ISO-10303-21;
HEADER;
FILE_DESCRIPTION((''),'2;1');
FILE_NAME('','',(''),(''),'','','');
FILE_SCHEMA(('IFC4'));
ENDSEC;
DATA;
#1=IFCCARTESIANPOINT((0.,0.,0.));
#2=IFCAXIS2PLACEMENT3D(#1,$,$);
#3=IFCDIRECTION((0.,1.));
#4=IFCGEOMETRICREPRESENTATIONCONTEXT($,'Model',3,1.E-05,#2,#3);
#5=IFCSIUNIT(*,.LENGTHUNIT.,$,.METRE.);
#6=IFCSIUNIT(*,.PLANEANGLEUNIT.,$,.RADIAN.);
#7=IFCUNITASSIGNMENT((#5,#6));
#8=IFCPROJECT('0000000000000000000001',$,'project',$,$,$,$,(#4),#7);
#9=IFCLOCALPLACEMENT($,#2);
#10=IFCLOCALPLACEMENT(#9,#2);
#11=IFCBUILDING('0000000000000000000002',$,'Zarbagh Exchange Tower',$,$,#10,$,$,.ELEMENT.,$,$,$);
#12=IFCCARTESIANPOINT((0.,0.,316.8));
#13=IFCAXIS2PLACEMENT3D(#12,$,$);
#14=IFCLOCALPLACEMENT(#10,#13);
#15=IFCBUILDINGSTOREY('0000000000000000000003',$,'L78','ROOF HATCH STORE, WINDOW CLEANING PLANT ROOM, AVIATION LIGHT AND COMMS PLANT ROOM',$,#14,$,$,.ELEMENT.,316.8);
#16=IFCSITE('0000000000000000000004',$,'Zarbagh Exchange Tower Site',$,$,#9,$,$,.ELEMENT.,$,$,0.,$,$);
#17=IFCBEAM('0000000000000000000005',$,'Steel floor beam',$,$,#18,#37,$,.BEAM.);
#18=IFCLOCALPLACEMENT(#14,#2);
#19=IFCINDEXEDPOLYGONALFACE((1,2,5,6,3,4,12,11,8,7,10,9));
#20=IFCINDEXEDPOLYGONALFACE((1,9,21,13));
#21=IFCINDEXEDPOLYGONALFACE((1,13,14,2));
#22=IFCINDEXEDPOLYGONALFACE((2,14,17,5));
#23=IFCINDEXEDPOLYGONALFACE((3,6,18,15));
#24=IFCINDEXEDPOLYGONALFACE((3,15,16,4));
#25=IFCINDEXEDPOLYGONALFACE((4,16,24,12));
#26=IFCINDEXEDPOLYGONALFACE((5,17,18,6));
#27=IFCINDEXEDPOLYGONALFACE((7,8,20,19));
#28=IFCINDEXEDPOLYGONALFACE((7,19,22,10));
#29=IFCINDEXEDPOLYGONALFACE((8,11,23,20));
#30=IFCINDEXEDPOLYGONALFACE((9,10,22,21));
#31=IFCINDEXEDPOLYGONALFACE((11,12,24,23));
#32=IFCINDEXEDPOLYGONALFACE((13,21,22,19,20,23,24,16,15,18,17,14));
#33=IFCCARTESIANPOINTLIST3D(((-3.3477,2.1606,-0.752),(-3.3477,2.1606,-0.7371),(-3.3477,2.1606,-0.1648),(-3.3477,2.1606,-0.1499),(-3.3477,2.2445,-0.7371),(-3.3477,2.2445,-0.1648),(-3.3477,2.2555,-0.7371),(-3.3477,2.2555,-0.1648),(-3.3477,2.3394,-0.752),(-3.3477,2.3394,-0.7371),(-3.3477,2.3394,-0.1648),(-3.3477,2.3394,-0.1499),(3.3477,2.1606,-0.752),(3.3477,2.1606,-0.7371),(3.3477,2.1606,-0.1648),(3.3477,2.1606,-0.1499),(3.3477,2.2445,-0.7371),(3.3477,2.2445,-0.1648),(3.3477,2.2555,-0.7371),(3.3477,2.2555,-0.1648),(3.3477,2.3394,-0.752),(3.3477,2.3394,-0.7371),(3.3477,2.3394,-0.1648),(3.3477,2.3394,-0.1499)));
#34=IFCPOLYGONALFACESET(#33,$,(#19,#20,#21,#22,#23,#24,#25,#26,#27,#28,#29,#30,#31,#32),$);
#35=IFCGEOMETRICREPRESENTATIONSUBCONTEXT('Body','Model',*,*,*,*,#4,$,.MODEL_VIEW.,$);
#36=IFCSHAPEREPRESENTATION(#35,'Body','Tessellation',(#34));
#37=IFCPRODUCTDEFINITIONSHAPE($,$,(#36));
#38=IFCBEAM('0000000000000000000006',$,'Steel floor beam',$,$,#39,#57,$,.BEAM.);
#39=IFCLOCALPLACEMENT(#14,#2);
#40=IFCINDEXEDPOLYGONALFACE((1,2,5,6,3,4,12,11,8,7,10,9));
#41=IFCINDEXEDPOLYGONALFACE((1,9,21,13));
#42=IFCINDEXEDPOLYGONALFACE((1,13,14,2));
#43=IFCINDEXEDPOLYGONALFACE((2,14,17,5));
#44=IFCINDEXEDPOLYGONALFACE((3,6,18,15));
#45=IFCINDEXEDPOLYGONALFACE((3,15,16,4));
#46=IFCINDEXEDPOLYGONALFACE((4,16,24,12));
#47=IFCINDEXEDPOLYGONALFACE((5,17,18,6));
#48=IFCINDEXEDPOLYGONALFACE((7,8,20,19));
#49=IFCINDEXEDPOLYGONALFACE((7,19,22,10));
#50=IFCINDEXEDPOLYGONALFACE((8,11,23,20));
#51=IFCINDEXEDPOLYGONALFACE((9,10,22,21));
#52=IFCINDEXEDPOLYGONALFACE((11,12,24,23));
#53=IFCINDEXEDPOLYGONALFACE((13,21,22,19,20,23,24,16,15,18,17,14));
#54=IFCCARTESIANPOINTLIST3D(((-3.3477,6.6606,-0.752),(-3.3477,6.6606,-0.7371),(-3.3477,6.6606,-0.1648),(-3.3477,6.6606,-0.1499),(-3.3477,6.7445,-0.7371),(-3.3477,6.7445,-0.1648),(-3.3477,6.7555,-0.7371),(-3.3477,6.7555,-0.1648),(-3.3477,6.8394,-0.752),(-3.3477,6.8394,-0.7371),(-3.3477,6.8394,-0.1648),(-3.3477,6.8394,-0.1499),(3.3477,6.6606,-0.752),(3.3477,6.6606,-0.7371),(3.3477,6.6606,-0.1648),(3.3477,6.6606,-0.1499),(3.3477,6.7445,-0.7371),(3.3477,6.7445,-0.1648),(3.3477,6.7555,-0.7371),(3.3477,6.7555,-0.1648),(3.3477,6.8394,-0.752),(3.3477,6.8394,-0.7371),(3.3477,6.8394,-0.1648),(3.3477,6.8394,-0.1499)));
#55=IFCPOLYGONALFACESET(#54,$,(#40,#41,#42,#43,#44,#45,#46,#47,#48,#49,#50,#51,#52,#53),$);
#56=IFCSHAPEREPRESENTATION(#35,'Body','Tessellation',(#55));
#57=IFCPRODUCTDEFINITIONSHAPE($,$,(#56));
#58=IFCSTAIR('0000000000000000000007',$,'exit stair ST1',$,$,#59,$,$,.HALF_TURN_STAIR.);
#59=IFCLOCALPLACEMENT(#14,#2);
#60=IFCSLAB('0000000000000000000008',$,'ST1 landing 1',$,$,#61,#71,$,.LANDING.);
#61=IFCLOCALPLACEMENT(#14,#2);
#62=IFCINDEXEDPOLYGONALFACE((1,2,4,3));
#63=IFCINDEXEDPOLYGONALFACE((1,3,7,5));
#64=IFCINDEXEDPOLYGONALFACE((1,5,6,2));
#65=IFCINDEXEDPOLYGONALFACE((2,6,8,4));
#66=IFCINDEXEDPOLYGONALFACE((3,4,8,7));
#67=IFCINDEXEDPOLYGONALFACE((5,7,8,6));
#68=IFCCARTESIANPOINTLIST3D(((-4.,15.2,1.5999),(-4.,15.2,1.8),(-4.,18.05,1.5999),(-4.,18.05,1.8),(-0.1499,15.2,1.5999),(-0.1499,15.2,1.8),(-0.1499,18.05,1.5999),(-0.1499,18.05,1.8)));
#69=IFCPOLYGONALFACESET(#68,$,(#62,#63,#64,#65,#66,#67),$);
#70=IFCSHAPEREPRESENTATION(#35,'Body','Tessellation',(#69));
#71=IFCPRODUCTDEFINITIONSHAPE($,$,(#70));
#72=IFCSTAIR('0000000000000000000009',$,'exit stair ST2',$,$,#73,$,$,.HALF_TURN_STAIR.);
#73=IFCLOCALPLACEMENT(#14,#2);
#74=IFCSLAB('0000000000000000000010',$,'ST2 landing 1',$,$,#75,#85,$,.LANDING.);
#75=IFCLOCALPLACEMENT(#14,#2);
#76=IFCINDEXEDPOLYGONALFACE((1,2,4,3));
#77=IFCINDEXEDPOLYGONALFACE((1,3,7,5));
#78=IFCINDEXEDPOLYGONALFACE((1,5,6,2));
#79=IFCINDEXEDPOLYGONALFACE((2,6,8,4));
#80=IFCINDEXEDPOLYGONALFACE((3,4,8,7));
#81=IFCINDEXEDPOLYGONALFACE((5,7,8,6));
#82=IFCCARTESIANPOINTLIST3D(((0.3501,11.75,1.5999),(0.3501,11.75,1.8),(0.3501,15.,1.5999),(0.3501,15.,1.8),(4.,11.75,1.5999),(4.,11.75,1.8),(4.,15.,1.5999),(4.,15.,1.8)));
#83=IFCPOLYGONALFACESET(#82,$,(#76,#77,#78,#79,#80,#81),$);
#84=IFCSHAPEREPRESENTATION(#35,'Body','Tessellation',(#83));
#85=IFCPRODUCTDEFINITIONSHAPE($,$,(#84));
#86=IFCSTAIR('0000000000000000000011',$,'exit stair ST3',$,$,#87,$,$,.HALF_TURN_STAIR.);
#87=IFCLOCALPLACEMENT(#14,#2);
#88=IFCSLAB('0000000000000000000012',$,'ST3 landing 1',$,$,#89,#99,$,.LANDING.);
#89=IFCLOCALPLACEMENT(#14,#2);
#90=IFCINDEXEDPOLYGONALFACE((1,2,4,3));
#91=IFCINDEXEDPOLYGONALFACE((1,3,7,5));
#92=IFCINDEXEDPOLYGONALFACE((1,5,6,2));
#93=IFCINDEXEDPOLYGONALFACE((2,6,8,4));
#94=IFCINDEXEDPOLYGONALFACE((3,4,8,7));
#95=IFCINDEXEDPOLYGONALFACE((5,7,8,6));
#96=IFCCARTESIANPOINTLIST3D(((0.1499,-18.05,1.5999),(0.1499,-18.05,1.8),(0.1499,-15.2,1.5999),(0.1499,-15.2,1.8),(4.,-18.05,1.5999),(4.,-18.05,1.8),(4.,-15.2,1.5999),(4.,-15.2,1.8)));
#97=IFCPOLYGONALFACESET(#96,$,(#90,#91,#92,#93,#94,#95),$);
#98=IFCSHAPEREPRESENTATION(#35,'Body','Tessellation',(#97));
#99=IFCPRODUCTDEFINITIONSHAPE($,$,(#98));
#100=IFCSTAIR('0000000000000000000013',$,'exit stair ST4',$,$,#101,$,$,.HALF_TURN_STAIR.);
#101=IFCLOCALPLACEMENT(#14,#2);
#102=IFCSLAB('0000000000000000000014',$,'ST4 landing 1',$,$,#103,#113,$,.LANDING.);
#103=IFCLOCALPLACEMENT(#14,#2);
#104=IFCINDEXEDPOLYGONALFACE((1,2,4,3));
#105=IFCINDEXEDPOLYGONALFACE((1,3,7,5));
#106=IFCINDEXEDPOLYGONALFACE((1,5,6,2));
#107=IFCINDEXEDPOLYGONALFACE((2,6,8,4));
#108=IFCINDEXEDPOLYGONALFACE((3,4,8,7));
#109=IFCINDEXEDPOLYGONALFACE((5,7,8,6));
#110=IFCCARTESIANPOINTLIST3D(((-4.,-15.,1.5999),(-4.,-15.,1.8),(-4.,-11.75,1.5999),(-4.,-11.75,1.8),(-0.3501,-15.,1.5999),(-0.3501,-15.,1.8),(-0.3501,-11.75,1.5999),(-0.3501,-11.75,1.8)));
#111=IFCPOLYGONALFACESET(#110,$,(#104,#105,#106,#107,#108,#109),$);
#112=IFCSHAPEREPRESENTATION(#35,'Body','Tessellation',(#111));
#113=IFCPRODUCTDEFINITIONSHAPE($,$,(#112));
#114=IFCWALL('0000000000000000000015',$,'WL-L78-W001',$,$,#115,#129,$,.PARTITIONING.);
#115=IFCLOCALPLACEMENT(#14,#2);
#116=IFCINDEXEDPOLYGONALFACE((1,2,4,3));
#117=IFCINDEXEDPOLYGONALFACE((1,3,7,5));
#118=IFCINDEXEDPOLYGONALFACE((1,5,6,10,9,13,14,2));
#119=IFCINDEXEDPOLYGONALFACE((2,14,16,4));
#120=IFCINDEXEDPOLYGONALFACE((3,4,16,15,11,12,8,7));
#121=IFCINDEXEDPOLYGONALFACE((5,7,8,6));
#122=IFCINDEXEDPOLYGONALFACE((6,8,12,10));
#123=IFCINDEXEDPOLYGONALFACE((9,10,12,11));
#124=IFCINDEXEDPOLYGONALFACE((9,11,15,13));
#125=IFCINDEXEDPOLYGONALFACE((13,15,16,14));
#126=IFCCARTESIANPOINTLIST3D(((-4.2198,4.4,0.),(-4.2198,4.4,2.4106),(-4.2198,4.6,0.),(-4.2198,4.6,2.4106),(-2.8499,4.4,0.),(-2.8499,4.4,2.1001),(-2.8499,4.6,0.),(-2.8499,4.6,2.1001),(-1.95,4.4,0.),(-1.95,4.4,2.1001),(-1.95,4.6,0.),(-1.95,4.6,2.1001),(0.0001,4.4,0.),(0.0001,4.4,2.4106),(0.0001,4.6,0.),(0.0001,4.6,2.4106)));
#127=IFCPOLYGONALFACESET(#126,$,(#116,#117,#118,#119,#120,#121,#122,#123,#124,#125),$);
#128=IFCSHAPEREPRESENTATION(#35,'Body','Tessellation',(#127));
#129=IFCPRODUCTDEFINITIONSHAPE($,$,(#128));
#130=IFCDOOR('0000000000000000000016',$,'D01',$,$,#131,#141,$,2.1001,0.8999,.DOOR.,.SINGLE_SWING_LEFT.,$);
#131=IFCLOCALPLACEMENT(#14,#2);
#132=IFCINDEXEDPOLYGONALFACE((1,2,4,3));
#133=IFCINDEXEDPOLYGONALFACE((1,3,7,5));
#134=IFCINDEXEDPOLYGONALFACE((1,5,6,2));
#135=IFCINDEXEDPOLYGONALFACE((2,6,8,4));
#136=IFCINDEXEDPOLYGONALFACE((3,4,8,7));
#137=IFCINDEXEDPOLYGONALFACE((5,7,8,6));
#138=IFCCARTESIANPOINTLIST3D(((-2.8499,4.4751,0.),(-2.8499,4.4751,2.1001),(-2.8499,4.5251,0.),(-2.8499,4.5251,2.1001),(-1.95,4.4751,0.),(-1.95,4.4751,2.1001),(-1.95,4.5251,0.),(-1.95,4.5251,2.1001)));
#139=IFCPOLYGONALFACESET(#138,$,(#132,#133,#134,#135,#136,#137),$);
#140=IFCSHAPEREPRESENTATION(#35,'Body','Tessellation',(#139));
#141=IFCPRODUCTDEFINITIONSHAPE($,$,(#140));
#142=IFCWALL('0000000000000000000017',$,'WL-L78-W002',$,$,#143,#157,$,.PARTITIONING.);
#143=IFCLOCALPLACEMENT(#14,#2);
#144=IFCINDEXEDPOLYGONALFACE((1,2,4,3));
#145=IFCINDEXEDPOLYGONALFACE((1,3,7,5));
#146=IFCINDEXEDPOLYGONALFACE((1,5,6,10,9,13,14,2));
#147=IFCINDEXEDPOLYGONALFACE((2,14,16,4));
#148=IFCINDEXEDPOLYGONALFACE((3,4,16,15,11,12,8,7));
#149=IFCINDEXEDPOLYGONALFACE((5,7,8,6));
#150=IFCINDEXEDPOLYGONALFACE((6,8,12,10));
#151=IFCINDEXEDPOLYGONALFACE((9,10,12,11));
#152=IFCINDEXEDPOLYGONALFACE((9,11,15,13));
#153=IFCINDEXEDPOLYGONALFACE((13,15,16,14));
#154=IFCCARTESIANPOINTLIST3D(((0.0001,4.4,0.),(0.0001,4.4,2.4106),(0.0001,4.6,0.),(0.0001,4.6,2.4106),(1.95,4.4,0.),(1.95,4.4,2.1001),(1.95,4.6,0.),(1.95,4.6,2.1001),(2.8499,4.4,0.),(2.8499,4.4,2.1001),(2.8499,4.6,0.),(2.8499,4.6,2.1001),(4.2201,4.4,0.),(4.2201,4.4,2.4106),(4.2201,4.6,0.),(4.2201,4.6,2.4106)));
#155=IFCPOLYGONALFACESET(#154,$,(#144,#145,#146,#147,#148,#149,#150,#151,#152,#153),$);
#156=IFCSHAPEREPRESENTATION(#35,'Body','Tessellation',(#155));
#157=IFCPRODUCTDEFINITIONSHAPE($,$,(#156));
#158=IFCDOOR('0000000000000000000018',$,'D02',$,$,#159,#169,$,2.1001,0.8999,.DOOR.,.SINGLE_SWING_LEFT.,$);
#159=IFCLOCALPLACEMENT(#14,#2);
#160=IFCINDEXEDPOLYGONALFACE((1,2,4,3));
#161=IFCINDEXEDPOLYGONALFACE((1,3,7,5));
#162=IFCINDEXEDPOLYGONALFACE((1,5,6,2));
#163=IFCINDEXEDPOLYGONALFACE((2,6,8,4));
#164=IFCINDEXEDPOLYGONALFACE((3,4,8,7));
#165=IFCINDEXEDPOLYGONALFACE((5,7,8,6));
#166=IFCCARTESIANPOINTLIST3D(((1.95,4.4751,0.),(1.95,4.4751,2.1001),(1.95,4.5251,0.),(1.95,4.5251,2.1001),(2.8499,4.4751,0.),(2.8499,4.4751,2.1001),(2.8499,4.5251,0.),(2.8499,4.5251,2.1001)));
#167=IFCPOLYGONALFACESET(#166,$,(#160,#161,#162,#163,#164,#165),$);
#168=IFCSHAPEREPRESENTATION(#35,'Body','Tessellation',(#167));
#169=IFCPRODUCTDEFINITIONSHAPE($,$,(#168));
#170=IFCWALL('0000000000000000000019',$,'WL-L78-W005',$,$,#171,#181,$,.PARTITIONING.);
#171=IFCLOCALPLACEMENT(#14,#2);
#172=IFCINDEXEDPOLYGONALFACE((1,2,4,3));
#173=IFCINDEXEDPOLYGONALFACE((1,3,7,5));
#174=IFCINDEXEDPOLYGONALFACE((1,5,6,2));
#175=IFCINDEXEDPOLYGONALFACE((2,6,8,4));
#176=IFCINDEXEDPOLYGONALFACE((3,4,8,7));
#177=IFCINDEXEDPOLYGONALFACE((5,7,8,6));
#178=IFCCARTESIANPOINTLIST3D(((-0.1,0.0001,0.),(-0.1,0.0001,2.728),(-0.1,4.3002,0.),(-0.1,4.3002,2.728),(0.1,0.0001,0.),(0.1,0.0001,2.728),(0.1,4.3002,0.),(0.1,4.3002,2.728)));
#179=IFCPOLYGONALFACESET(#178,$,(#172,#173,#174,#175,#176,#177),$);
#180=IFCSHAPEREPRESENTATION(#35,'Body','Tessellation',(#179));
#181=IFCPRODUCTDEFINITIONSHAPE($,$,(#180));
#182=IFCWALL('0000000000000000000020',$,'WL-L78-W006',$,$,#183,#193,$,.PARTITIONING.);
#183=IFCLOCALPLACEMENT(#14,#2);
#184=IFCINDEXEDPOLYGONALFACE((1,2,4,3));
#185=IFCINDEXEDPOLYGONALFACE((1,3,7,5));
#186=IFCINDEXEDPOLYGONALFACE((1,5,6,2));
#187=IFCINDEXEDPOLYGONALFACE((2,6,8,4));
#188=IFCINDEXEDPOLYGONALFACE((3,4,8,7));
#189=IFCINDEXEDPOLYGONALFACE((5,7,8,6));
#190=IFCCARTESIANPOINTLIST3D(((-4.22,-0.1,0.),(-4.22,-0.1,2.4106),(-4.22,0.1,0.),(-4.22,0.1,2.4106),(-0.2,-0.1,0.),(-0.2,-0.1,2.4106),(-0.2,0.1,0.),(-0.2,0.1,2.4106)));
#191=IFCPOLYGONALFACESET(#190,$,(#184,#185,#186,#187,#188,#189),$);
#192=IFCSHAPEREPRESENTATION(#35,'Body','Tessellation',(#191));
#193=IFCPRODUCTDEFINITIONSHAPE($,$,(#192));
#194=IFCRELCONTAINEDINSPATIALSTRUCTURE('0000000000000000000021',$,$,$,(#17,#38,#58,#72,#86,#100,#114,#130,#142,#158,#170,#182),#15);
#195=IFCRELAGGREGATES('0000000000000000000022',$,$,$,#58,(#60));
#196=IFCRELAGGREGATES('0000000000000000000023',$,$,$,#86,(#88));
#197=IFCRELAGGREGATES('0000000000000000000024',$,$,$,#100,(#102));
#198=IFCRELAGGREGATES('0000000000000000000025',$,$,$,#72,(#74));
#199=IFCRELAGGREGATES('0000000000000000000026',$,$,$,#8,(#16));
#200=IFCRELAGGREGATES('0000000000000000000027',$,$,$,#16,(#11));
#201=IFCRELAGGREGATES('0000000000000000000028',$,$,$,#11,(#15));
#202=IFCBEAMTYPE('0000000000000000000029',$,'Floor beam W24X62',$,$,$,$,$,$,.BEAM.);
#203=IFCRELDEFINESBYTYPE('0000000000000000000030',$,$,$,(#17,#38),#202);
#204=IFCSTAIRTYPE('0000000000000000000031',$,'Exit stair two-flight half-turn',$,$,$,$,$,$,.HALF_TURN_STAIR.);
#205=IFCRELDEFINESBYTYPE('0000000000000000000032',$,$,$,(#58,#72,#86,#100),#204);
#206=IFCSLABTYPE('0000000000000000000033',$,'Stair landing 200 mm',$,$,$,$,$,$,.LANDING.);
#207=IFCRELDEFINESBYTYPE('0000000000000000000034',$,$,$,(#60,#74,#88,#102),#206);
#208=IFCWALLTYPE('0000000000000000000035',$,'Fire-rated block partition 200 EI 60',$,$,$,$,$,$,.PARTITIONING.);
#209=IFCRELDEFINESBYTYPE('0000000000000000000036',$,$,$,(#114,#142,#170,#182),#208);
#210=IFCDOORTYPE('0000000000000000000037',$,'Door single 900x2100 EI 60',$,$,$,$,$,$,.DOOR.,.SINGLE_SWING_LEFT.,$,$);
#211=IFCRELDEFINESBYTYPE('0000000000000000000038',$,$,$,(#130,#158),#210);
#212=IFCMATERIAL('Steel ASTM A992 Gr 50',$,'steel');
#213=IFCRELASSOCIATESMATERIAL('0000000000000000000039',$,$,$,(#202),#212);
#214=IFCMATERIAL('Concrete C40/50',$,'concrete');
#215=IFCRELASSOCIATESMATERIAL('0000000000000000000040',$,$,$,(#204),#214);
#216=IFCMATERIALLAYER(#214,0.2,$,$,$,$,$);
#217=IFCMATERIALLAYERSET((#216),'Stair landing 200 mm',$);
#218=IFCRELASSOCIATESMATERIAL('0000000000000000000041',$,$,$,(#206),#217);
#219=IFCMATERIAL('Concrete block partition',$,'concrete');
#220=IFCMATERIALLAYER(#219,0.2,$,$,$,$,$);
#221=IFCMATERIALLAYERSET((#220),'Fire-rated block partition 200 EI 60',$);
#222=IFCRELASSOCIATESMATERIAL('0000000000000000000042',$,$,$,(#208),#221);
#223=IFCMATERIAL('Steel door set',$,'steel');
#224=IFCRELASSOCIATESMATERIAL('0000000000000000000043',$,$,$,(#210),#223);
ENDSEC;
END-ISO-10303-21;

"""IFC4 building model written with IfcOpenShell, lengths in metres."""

from ifc_helpers import new_model, si_unit, direction, frame, frame_2d, origin, origin_2d, place, context, subcontext, project, spatial, polyline, rectangle, i_section, outline, extrude, material, layer, layer_set, material_profile, profile_set, type_object, element, fill, aggregate, save


model = new_model("IFC4")

# Units and contexts
model_context = context("Model", 3, precision=1e-05, world=origin(), true_north=direction((0.0, 1.0)))
body_context = subcontext(model_context, "Body", "Model", "MODEL_VIEW")
ifc_project = project(units=[si_unit("LENGTHUNIT", "METRE"), si_unit("PLANEANGLEUNIT", "RADIAN")], contexts=[model_context])

# Site, building, storey
site_placement = place(None, origin())
site = spatial("IfcSite", under=ifc_project, at=site_placement, Name="Zarbagh Exchange Tower Site", CompositionType="ELEMENT", RefElevation=0.0)
building_placement = place(site_placement, origin())
building = spatial("IfcBuilding", under=site, at=building_placement, Name="Zarbagh Exchange Tower", CompositionType="ELEMENT")
storey_placement = place(building_placement, frame((0.0, 0.0, 316.8)))
storey = spatial("IfcBuildingStorey", under=building, at=storey_placement, Name="L78", Description="ROOF HATCH STORE, WINDOW CLEANING PLANT ROOM, AVIATION LIGHT AND COMMS PLANT ROOM", CompositionType="ELEMENT", Elevation=316.8)

# Beams
ifc_material_1 = material(Name="Steel ASTM A992 Gr 50", Category="steel")
ifc_material_profile = material_profile(ifc_material_1, i_section(OverallWidth=0.1787, OverallDepth=0.6021, WebThickness=0.011, FlangeThickness=0.0149, at=origin_2d()), Name="W24X62")
ifc_profile_set = profile_set([ifc_material_profile], Name="Steel ASTM A992 Gr 50")
beam_type = type_object("IfcBeamType", Name="Floor beam W24X62", PredefinedType="BEAM", material=ifc_profile_set)
for number, where, z_axis, x_axis, name in (
    (1, (-3.3477, 2.25, -0.4509), (1.0, 0.0, 0.0), (0.0, 1.0, 0.0), "Steel floor beam"),
    (2, (-3.3477, 6.75, -0.4509), (1.0, 0.0, 0.0), (0.0, 1.0, 0.0), "Steel floor beam"),
):
    element("IfcBeam", number, at=place(storey_placement, frame(where, z_axis=z_axis, x_axis=x_axis)), inside=storey, type_object=beam_type, Name=name, PredefinedType="BEAM", context=body_context, shape_type="SweptSolid", body=[
        extrude(i_section(OverallWidth=0.1787, OverallDepth=0.6021, WebThickness=0.011, FlangeThickness=0.0149, at=origin_2d()), origin(), (0.0, 0.0, 1.0), 6.6953),
    ])

# Stairs, slabs
ifc_material_2 = material(Name="Concrete C40/50", Category="concrete")
stair_type = type_object("IfcStairType", Name="Exit stair two-flight half-turn", PredefinedType="HALF_TURN_STAIR", material=ifc_material_2)
stair_1_placement = place(storey_placement, origin())
stair_1 = element("IfcStair", 3, at=stair_1_placement, inside=storey, type_object=stair_type, Name="exit stair ST1", PredefinedType="HALF_TURN_STAIR")
ifc_layer_1 = layer(ifc_material_2, 0.2)
ifc_layer_set_1 = layer_set([ifc_layer_1], Name="Stair landing 200 mm")
slab_type = type_object("IfcSlabType", Name="Stair landing 200 mm", PredefinedType="LANDING", material=ifc_layer_set_1)
slab_1_placement = place(storey_placement, frame((0.0, 0.0, 1.5999)))
slab_1 = element("IfcSlab", 4, at=slab_1_placement, type_object=slab_type, Name="ST1 landing 1", PredefinedType="LANDING", context=body_context, shape_type="SweptSolid", body=[
    extrude(outline(polyline([(-0.1499, 18.05), (-4.0, 18.05), (-4.0, 15.2), (-0.1499, 15.2), (-0.1499, 18.05)])), origin(), (0.0, 0.0, 1.0), 0.2002),
])
aggregate(stair_1, [slab_1])
stair_2_placement = place(storey_placement, origin())
stair_2 = element("IfcStair", 5, at=stair_2_placement, inside=storey, type_object=stair_type, Name="exit stair ST2", PredefinedType="HALF_TURN_STAIR")
slab_2_placement = place(storey_placement, frame((0.0, 0.0, 1.5999)))
slab_2 = element("IfcSlab", 6, at=slab_2_placement, type_object=slab_type, Name="ST2 landing 1", PredefinedType="LANDING", context=body_context, shape_type="SweptSolid", body=[
    extrude(outline(polyline([(0.3501, 11.75), (4.0, 11.75), (4.0, 15.0), (0.3501, 15.0), (0.3501, 11.75)])), origin(), (0.0, 0.0, 1.0), 0.2002),
])
stair_3_placement = place(storey_placement, origin())
stair_3 = element("IfcStair", 7, at=stair_3_placement, inside=storey, type_object=stair_type, Name="exit stair ST3", PredefinedType="HALF_TURN_STAIR")
slab_3_placement = place(storey_placement, frame((0.0, 0.0, 1.5999)))
slab_3 = element("IfcSlab", 8, at=slab_3_placement, type_object=slab_type, Name="ST3 landing 1", PredefinedType="LANDING", context=body_context, shape_type="SweptSolid", body=[
    extrude(outline(polyline([(0.1499, -18.05), (4.0, -18.05), (4.0, -15.2), (0.1499, -15.2), (0.1499, -18.05)])), origin(), (0.0, 0.0, 1.0), 0.2002),
])
aggregate(stair_3, [slab_3])
stair_4_placement = place(storey_placement, origin())
stair_4 = element("IfcStair", 9, at=stair_4_placement, inside=storey, type_object=stair_type, Name="exit stair ST4", PredefinedType="HALF_TURN_STAIR")
slab_4_placement = place(storey_placement, frame((0.0, 0.0, 1.5999)))
slab_4 = element("IfcSlab", 10, at=slab_4_placement, type_object=slab_type, Name="ST4 landing 1", PredefinedType="LANDING", context=body_context, shape_type="SweptSolid", body=[
    extrude(outline(polyline([(-0.3501, -11.75), (-4.0, -11.75), (-4.0, -15.0), (-0.3501, -15.0), (-0.3501, -11.75)])), origin(), (0.0, 0.0, 1.0), 0.2002),
])
aggregate(stair_4, [slab_4])

# Walls, openings, doors
ifc_material_3 = material(Name="Concrete block partition", Category="concrete")
ifc_layer_2 = layer(ifc_material_3, 0.2)
ifc_layer_set_2 = layer_set([ifc_layer_2], Name="Fire-rated block partition 200 EI 60")
wall_type_1 = type_object("IfcWallType", Name="Fire-rated block partition 200 EI 60", PredefinedType="PARTITIONING", material=ifc_layer_set_2)
wall_1_placement = place(storey_placement, frame((0.0, 4.5, 0.0), z_axis=(0.0, 0.0, 1.0), x_axis=(-1.0, 0.0, 0.0)))
wall_1 = element("IfcWall", 11, at=wall_1_placement, inside=storey, type_object=wall_type_1, Name="WL-L78-W001", PredefinedType="PARTITIONING", context=body_context, shape_type="SweptSolid", body=[
    extrude(rectangle(XDim=4.22, YDim=0.2, at=frame_2d((2.1099, 0.0))), origin(), (0.0, 0.0, 1.0), 2.4106),
])
opening_1_placement = place(wall_1_placement, frame((1.95, 0.0, 0.0)))
opening_1 = element("IfcOpeningElement", 12, at=opening_1_placement, cuts=wall_1, PredefinedType="OPENING", context=body_context, shape_type="SweptSolid", body=[
    extrude(rectangle(XDim=0.8999, YDim=2.1001, at=frame_2d((0.45, 1.05))), frame((0.0, 0.1099, 0.0), z_axis=(0.0, -1.0, 0.0), x_axis=(1.0, 0.0, 0.0)), (0.0, 0.0, 1.0), 0.22),
])
ifc_material_4 = material(Name="Steel door set", Category="steel")
door_type_1 = type_object("IfcDoorType", Name="Door single 900x2100 EI 60", OperationType="SINGLE_SWING_LEFT", PredefinedType="DOOR", material=ifc_material_4)
door_1_placement = place(opening_1_placement, origin())
door_1 = element("IfcDoor", 13, at=door_1_placement, inside=storey, type_object=door_type_1, Name="D01", OperationType="SINGLE_SWING_LEFT", OverallHeight=2.1001, OverallWidth=0.8999, PredefinedType="DOOR", context=body_context, shape_type="SweptSolid", body=[
    extrude(rectangle(XDim=0.8999, YDim=2.1001, at=frame_2d((0.45, 1.05))), frame((0.0, 0.0249, 0.0), z_axis=(0.0, -1.0, 0.0), x_axis=(1.0, 0.0, 0.0)), (0.0, 0.0, 1.0), 0.05),
])
fill(opening_1, door_1)
wall_2_placement = place(storey_placement, frame((4.22, 4.5, 0.0), z_axis=(0.0, 0.0, 1.0), x_axis=(-1.0, 0.0, 0.0)))
wall_2 = element("IfcWall", 14, at=wall_2_placement, inside=storey, type_object=wall_type_1, Name="WL-L78-W002", PredefinedType="PARTITIONING", context=body_context, shape_type="SweptSolid", body=[
    extrude(rectangle(XDim=4.22, YDim=0.2, at=frame_2d((2.1099, 0.0))), origin(), (0.0, 0.0, 1.0), 2.4106),
])
opening_2_placement = place(wall_2_placement, frame((1.3701, 0.0, 0.0)))
opening_2 = element("IfcOpeningElement", 15, at=opening_2_placement, cuts=wall_2, PredefinedType="OPENING", context=body_context, shape_type="SweptSolid", body=[
    extrude(rectangle(XDim=0.8999, YDim=2.1001, at=frame_2d((0.45, 1.05))), frame((0.0, 0.1099, 0.0), z_axis=(0.0, -1.0, 0.0), x_axis=(1.0, 0.0, 0.0)), (0.0, 0.0, 1.0), 0.22),
])
door_2_placement = place(opening_2_placement, origin())
door_2 = element("IfcDoor", 16, at=door_2_placement, inside=storey, type_object=door_type_1, Name="D02", OperationType="SINGLE_SWING_LEFT", OverallHeight=2.1001, OverallWidth=0.8999, PredefinedType="DOOR", context=body_context, shape_type="SweptSolid", body=[
    extrude(rectangle(XDim=0.8999, YDim=2.1001, at=frame_2d((0.45, 1.05))), frame((0.0, 0.0249, 0.0), z_axis=(0.0, -1.0, 0.0), x_axis=(1.0, 0.0, 0.0)), (0.0, 0.0, 1.0), 0.05),
])
fill(opening_2, door_2)

# Walls
wall_3_placement = place(storey_placement, frame((0.0, 4.3, 0.0), z_axis=(0.0, 0.0, 1.0), x_axis=(0.0, -1.0, 0.0)))
element("IfcWall", 17, at=wall_3_placement, inside=storey, type_object=wall_type_1, Name="WL-L78-W005", PredefinedType="PARTITIONING", context=body_context, shape_type="SweptSolid", body=[
    extrude(rectangle(XDim=4.3, YDim=0.2, at=frame_2d((2.1499, 0.0))), origin(), (0.0, 0.0, 1.0), 2.728),
])
for number, where, z_axis, x_axis, name in (
    (18, (-0.2, 0.0, 0.0), (0.0, 0.0, 1.0), (-1.0, 0.0, 0.0), "WL-L78-W006"),
):
    element("IfcWall", number, at=place(storey_placement, frame(where, z_axis=z_axis, x_axis=x_axis)), inside=storey, type_object=wall_type_1, Name=name, PredefinedType="PARTITIONING", context=body_context, shape_type="SweptSolid", body=[
        extrude(rectangle(XDim=4.02, YDim=0.2, at=frame_2d((2.01, 0.0))), origin(), (0.0, 0.0, 1.0), 2.4106),
    ])

aggregate(stair_2, [slab_2])

save(model, "model.ifc")
